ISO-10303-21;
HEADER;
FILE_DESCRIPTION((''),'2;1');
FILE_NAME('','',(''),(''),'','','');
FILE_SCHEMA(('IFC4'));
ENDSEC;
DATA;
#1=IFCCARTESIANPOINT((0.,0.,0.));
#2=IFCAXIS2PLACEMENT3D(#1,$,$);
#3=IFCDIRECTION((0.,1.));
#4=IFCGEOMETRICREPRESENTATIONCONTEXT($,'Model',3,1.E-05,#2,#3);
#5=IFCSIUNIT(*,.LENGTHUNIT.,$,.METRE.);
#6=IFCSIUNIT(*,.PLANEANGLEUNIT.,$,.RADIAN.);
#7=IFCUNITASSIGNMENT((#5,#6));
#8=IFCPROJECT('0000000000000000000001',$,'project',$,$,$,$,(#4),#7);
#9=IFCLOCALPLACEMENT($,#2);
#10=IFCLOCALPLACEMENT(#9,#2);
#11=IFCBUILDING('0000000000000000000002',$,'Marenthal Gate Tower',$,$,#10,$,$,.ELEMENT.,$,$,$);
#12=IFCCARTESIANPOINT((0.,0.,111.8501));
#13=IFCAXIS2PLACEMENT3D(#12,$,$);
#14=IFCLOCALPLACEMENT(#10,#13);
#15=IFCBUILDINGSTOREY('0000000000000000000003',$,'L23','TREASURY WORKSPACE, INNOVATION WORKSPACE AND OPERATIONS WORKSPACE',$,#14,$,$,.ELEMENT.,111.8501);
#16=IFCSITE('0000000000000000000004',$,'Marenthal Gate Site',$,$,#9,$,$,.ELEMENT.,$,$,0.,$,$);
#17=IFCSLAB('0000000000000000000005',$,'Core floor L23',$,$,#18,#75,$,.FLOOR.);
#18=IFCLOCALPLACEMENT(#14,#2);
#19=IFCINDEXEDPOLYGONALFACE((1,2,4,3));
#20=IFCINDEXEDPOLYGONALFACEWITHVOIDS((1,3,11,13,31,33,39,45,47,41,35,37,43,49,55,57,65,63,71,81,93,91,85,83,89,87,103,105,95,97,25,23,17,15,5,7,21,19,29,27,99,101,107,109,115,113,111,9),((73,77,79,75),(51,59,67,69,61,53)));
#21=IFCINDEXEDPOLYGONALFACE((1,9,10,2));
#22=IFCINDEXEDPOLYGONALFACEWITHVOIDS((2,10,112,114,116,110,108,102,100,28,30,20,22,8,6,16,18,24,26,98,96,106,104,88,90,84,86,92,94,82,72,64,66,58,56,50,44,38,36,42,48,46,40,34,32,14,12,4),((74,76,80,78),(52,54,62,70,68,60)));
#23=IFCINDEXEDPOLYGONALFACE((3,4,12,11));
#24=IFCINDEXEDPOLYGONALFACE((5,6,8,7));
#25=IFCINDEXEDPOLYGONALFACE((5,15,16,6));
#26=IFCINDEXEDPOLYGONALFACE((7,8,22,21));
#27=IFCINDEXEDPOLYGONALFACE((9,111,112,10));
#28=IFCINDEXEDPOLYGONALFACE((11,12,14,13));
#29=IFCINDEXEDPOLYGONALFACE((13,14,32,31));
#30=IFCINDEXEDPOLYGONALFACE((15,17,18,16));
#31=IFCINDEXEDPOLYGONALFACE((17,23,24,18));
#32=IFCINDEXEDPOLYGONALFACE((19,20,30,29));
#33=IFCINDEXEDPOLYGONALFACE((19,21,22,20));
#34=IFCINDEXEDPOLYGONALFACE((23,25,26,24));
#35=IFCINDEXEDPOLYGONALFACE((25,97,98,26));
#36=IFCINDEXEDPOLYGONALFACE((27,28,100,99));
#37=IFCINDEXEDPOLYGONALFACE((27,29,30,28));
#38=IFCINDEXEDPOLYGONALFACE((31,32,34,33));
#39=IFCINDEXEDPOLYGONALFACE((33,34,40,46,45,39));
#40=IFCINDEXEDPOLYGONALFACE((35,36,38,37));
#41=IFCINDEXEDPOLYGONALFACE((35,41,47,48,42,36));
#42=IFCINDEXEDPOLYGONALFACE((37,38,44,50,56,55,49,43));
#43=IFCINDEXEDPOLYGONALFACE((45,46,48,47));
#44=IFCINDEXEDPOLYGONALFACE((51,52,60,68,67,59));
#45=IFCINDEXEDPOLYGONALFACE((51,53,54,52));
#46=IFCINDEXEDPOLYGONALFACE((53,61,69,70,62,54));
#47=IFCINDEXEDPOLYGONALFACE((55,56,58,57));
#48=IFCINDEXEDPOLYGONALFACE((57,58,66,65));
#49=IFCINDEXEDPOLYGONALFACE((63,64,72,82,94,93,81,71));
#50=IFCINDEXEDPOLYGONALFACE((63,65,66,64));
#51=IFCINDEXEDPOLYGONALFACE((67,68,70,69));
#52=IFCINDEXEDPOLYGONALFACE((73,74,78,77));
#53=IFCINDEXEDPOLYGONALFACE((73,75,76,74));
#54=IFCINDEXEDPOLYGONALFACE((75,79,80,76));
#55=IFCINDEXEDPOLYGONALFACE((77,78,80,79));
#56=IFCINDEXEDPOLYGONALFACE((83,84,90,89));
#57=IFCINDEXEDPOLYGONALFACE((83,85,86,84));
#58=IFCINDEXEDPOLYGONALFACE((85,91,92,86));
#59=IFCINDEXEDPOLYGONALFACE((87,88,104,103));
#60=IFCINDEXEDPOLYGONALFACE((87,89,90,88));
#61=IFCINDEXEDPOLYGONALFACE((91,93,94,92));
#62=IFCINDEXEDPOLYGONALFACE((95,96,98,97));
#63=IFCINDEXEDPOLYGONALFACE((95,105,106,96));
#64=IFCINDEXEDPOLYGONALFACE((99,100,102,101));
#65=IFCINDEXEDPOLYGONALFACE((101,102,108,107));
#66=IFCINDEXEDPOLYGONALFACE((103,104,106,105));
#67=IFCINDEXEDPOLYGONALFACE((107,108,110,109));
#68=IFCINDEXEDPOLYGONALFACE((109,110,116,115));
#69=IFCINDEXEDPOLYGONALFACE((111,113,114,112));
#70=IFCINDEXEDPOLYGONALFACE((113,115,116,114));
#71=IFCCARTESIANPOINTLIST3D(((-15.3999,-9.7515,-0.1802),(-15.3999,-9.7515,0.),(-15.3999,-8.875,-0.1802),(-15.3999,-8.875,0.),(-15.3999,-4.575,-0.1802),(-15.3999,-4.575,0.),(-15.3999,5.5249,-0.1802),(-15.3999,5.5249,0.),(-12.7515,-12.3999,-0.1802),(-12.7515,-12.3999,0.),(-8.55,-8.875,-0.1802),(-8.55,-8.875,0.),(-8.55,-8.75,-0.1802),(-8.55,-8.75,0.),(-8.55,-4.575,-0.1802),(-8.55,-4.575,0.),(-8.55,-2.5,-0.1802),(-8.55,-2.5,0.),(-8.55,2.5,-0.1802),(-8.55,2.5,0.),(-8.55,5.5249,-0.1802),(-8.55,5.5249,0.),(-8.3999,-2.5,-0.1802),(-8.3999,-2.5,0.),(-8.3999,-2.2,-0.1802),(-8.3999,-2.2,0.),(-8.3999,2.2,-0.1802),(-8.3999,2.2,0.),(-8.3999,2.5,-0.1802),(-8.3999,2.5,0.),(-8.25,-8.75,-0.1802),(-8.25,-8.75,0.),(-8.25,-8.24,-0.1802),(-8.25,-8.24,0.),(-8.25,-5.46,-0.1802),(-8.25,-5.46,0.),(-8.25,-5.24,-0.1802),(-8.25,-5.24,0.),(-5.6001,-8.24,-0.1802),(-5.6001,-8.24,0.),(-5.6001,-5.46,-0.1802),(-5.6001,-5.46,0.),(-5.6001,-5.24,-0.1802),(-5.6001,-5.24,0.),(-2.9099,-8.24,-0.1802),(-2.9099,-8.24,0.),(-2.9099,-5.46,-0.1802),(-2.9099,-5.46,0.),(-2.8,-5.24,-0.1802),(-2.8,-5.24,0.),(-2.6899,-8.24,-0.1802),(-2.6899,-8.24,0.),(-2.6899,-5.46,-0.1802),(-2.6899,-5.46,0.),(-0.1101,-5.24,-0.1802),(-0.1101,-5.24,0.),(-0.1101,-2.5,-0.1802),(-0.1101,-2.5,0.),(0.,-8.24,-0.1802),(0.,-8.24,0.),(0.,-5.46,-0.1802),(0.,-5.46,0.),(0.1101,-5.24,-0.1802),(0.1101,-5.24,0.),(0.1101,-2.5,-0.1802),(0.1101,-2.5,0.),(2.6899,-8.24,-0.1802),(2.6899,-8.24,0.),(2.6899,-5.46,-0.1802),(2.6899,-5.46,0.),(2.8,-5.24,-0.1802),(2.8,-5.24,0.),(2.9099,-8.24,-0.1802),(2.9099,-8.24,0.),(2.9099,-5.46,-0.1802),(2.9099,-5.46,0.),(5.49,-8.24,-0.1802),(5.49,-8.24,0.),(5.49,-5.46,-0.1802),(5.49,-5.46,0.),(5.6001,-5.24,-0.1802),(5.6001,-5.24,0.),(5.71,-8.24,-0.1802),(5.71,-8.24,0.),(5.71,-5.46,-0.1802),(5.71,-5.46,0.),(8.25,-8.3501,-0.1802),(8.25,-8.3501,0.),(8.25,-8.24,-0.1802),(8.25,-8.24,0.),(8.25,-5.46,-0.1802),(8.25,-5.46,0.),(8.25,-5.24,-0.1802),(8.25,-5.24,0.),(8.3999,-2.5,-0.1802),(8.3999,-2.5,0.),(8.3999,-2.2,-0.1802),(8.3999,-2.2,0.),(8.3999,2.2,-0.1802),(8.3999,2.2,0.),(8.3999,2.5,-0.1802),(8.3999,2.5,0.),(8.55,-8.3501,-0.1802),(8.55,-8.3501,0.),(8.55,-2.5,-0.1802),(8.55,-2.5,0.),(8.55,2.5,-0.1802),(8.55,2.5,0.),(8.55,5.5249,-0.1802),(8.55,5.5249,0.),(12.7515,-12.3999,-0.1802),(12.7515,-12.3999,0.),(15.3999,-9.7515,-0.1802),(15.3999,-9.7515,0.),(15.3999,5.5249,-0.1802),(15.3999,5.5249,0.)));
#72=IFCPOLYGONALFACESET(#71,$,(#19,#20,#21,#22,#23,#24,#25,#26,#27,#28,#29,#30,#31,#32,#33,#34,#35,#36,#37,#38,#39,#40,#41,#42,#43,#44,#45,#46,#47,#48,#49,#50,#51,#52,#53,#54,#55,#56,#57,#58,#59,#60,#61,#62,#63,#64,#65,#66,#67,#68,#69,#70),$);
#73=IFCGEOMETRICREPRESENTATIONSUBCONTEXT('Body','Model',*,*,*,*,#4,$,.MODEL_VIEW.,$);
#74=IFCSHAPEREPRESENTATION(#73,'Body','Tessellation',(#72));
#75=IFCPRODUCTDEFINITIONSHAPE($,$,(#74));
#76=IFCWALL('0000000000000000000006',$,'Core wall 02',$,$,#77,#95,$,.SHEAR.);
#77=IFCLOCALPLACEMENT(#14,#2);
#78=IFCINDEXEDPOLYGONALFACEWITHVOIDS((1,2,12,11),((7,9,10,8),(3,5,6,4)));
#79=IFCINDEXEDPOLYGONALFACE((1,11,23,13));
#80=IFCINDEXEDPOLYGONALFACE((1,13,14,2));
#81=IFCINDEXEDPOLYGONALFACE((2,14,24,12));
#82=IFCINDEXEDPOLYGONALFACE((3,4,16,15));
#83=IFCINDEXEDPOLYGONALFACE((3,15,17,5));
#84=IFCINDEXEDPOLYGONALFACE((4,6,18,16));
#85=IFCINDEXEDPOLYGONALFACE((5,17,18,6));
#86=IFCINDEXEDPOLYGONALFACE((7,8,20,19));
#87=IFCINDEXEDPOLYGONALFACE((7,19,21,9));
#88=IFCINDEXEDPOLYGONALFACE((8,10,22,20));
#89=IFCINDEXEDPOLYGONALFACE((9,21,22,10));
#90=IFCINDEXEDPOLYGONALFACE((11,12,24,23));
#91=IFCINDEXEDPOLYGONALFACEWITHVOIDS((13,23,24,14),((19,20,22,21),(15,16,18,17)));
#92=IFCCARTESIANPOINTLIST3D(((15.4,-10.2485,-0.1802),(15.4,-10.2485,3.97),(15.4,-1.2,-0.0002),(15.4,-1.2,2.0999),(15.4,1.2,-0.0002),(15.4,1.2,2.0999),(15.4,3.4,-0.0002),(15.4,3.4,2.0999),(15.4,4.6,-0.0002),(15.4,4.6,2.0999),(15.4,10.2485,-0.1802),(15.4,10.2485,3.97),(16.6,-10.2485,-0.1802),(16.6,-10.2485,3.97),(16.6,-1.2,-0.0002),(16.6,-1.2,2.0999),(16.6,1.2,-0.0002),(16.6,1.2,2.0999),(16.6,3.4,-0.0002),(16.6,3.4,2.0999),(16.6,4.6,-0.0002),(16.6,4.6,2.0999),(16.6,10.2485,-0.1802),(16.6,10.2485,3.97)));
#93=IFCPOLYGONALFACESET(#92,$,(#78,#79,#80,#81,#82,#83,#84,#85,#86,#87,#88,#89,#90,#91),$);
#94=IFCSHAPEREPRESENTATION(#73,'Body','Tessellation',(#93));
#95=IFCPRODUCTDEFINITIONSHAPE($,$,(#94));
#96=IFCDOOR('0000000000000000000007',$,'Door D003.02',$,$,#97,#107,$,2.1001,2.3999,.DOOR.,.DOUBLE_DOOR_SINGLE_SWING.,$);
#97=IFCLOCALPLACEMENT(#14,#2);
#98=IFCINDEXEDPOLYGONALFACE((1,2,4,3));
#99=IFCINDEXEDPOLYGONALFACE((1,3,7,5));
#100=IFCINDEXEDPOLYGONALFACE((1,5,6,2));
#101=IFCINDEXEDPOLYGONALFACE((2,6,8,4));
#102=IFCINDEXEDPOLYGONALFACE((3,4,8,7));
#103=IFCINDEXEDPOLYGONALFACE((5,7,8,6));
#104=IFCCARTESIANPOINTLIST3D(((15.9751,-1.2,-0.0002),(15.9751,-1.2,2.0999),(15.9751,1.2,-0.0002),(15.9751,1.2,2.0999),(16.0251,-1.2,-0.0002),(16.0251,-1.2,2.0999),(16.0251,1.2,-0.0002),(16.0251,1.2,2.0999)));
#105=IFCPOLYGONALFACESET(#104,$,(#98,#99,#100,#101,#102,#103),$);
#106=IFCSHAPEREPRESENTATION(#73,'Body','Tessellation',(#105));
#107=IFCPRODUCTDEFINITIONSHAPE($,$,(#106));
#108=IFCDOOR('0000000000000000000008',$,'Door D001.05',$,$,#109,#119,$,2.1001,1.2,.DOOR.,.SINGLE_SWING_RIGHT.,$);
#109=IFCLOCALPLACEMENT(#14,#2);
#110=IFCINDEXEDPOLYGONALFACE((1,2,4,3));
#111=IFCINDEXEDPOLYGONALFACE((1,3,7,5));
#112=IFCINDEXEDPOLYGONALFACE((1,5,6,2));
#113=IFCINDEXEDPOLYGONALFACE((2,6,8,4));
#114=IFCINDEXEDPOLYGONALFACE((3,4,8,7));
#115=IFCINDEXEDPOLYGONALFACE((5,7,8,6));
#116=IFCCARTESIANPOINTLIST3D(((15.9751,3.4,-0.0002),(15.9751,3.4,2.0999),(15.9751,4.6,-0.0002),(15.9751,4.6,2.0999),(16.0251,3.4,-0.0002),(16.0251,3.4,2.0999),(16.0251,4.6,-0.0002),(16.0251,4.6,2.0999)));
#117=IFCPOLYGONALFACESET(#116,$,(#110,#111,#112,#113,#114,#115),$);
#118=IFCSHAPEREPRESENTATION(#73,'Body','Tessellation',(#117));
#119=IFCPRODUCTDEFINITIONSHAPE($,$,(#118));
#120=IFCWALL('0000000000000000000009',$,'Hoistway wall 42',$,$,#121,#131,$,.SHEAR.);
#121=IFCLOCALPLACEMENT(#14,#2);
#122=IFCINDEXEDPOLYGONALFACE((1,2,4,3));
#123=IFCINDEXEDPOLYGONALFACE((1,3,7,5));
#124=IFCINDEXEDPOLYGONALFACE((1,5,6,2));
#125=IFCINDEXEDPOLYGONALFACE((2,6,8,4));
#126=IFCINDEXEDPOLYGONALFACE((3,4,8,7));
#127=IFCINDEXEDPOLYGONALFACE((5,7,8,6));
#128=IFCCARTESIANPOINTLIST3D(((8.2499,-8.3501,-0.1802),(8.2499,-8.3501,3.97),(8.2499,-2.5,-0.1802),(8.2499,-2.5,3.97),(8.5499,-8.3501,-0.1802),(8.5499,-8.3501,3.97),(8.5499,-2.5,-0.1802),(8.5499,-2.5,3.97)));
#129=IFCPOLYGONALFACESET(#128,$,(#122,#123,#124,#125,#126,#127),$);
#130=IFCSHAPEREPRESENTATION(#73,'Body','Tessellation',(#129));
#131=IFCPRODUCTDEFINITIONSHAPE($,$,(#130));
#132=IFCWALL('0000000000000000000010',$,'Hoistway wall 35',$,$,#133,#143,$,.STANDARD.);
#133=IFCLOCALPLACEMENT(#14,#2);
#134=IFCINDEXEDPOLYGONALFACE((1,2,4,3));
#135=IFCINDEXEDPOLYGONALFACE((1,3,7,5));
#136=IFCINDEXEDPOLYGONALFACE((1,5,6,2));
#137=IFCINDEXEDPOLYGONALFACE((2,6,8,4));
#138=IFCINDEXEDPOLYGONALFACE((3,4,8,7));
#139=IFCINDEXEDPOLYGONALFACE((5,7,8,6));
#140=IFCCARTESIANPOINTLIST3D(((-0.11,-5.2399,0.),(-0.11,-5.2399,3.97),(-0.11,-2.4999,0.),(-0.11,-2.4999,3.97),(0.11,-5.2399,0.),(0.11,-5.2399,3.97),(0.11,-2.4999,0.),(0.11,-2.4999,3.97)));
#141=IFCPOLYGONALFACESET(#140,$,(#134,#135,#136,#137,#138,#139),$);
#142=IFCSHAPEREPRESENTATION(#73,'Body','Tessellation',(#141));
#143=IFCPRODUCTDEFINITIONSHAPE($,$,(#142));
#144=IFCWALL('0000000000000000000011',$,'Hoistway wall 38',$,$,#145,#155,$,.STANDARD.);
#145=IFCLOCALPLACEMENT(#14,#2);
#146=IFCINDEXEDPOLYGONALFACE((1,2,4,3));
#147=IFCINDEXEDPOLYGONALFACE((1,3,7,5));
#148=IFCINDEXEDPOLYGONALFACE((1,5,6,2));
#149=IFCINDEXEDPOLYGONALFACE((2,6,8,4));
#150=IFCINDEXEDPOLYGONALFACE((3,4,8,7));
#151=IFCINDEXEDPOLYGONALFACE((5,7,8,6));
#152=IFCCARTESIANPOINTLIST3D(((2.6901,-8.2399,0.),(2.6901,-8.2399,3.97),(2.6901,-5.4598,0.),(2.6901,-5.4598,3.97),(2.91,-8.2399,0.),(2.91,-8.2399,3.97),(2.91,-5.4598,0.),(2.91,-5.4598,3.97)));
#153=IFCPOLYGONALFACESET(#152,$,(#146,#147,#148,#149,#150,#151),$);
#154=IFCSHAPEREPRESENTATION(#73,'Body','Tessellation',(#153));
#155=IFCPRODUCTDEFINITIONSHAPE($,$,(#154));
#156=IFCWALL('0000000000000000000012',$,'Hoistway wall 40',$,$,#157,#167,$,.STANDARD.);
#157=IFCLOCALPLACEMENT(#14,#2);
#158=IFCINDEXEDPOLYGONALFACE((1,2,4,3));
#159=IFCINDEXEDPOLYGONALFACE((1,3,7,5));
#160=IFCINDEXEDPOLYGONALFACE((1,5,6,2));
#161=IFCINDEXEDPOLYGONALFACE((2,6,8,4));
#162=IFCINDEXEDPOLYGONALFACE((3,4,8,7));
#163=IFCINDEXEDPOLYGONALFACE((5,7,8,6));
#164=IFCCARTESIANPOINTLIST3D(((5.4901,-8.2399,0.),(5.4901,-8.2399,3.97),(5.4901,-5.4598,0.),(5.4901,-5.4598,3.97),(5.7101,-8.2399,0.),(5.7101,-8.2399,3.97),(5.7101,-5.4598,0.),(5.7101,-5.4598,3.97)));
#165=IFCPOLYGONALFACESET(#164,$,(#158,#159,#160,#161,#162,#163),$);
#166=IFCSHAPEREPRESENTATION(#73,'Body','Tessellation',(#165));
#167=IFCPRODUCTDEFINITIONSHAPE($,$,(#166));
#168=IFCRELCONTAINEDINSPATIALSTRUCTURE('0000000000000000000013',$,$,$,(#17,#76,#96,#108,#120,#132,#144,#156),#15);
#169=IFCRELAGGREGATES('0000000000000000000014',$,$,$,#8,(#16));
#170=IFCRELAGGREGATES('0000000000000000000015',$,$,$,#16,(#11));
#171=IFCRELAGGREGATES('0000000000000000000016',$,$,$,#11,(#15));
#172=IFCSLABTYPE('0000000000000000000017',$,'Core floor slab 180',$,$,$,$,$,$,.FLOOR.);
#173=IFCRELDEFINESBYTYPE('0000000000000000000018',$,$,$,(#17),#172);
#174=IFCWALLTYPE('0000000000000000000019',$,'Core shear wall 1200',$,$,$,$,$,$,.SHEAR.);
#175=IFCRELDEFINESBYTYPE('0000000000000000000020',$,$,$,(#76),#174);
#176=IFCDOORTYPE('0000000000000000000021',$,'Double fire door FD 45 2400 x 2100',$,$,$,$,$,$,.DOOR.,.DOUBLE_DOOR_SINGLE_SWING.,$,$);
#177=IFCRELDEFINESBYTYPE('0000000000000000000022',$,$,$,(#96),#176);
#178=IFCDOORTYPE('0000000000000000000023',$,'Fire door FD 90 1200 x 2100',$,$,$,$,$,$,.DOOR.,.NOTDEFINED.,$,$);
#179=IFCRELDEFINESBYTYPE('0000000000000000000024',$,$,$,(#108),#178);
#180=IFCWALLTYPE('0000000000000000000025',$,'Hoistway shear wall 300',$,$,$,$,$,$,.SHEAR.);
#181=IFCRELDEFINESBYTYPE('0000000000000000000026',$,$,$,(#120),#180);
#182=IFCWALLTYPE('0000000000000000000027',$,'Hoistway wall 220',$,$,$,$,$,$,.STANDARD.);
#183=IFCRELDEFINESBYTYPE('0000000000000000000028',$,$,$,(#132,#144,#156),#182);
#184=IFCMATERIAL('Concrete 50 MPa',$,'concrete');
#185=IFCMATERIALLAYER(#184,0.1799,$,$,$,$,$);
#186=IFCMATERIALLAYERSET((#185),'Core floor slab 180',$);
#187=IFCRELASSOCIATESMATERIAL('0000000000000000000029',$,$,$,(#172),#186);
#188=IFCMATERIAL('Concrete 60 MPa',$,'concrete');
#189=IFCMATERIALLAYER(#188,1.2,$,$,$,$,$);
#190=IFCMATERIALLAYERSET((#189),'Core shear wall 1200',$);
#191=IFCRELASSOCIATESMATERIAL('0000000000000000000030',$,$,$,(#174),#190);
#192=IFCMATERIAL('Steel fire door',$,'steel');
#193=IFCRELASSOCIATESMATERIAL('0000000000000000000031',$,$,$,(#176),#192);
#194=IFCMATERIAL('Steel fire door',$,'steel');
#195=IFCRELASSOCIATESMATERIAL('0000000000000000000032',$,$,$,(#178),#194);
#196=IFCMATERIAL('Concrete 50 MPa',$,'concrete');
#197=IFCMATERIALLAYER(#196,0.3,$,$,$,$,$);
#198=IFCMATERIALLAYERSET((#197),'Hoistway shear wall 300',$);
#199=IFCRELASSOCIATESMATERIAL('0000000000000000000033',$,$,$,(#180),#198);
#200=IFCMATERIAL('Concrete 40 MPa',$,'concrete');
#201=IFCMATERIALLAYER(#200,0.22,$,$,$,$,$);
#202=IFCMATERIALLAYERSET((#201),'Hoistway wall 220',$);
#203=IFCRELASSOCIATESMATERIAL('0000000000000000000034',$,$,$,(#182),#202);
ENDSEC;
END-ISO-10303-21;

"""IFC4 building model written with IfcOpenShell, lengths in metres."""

from ifc_helpers import new_model, si_unit, direction, frame, frame_2d, origin, place, context, subcontext, project, spatial, polyline, rectangle, outline, extrude, material, layer, layer_set, type_object, element, fill, save


model = new_model("IFC4")

# Units and contexts
model_context = context("Model", 3, precision=1e-05, world=origin(), true_north=direction((0.0, 1.0)))
body_context = subcontext(model_context, "Body", "Model", "MODEL_VIEW")
ifc_project = project(units=[si_unit("LENGTHUNIT", "METRE"), si_unit("PLANEANGLEUNIT", "RADIAN")], contexts=[model_context])

# Site, building, storey
site_placement = place(None, origin())
site = spatial("IfcSite", under=ifc_project, at=site_placement, Name="Marenthal Gate Site", CompositionType="ELEMENT", RefElevation=0.0)
building_placement = place(site_placement, origin())
building = spatial("IfcBuilding", under=site, at=building_placement, Name="Marenthal Gate Tower", CompositionType="ELEMENT")
storey_placement = place(building_placement, frame((0.0, 0.0, 111.8501)))
storey = spatial("IfcBuildingStorey", under=building, at=storey_placement, Name="L23", Description="TREASURY WORKSPACE, INNOVATION WORKSPACE AND OPERATIONS WORKSPACE", CompositionType="ELEMENT", Elevation=111.8501)

# Slab
ifc_material_1 = material(Name="Concrete 50 MPa", Category="concrete")
ifc_layer_1 = layer(ifc_material_1, 0.1799)
ifc_layer_set_1 = layer_set([ifc_layer_1], Name="Core floor slab 180")
slab_type_1 = type_object("IfcSlabType", Name="Core floor slab 180", PredefinedType="FLOOR", material=ifc_layer_set_1)
slab_1_placement = place(storey_placement, frame((0.0, 0.0, -0.1802)))
element("IfcSlab", 1, at=slab_1_placement, inside=storey, type_object=slab_type_1, Name="Core floor L23", PredefinedType="FLOOR", context=body_context, shape_type="SweptSolid", body=[
    extrude(outline(polyline([(15.3999, -9.7515), (12.7515, -12.3999), (-12.7515, -12.3999), (-15.3999, -9.7515), (-15.3999, -8.875), (-8.55, -8.875), (-8.55, -8.75), (-8.25, -8.75), (-8.25, -8.24), (-5.6001, -8.24), (-2.9099, -8.24), (-2.9099, -5.46), (-5.6001, -5.46), (-8.25, -5.46), (-8.25, -5.24), (-5.6001, -5.24), (-2.8, -5.24), (-0.1101, -5.24), (-0.1101, -2.5), (0.1101, -2.5), (0.1101, -5.24), (2.8, -5.24), (5.6001, -5.24), (8.25, -5.24), (8.25, -5.46), (5.71, -5.46), (5.71, -8.24), (8.25, -8.24), (8.25, -8.3501), (8.55, -8.3501), (8.55, -2.5), (8.3999, -2.5), (8.3999, -2.2), (-8.3999, -2.2), (-8.3999, -2.5), (-8.55, -2.5), (-8.55, -4.575), (-15.3999, -4.575), (-15.3999, 5.5249), (-8.55, 5.5249), (-8.55, 2.5), (-8.3999, 2.5), (-8.3999, 2.2), (8.3999, 2.2), (8.3999, 2.5), (8.55, 2.5), (8.55, 5.5249), (15.3999, 5.5249), (15.3999, -9.7515)]), holes=[polyline([(2.6899, -5.46), (0.0, -5.46), (-2.6899, -5.46), (-2.6899, -8.24), (0.0, -8.24), (2.6899, -8.24), (2.6899, -5.46)]), polyline([(5.49, -5.46), (2.9099, -5.46), (2.9099, -8.24), (5.49, -8.24), (5.49, -5.46)])]), origin(), (0.0, 0.0, 1.0), 0.1802),
])

# Wall, openings, doors
ifc_material_2 = material(Name="Concrete 60 MPa", Category="concrete")
ifc_layer_2 = layer(ifc_material_2, 1.2)
ifc_layer_set_2 = layer_set([ifc_layer_2], Name="Core shear wall 1200")
wall_type_1 = type_object("IfcWallType", Name="Core shear wall 1200", PredefinedType="SHEAR", material=ifc_layer_set_2)
wall_1_placement = place(storey_placement, frame((16.0, -10.2485, -0.1802), z_axis=(0.0, 0.0, 1.0), x_axis=(0.0, 1.0, 0.0)))
wall_1 = element("IfcWall", 2, at=wall_1_placement, inside=storey, type_object=wall_type_1, Name="Core wall 02", PredefinedType="SHEAR", context=body_context, shape_type="SweptSolid", body=[
    extrude(rectangle(XDim=20.4971, YDim=1.2, at=frame_2d((10.2485, 0.0))), origin(), (0.0, 0.0, 1.0), 4.1501),
])
opening_1_placement = place(wall_1_placement, frame((9.0486, 0.0, 0.1799)))
opening_1 = element("IfcOpeningElement", 3, at=opening_1_placement, cuts=wall_1, PredefinedType="OPENING", context=body_context, shape_type="SweptSolid", body=[
    extrude(rectangle(XDim=2.3999, YDim=2.1001, at=frame_2d((1.2, 1.05))), frame((0.0, 0.6099, 0.0), z_axis=(0.0, -1.0, 0.0), x_axis=(1.0, 0.0, 0.0)), (0.0, 0.0, 1.0), 1.22),
])
opening_2_placement = place(wall_1_placement, frame((13.6484, 0.0, 0.1799)))
opening_2 = element("IfcOpeningElement", 4, at=opening_2_placement, cuts=wall_1, PredefinedType="OPENING", context=body_context, shape_type="SweptSolid", body=[
    extrude(rectangle(XDim=1.2, YDim=2.1001, at=frame_2d((0.6001, 1.05))), frame((0.0, 0.6099, 0.0), z_axis=(0.0, -1.0, 0.0), x_axis=(1.0, 0.0, 0.0)), (0.0, 0.0, 1.0), 1.22),
])
ifc_material_3 = material(Name="Steel fire door", Category="steel")
door_type_1 = type_object("IfcDoorType", Name="Double fire door FD 45 2400 x 2100", OperationType="DOUBLE_DOOR_SINGLE_SWING", PredefinedType="DOOR", material=ifc_material_3)
door_1_placement = place(opening_1_placement, origin())
door_1 = element("IfcDoor", 5, at=door_1_placement, inside=storey, type_object=door_type_1, Name="Door D003.02", OperationType="DOUBLE_DOOR_SINGLE_SWING", OverallHeight=2.1001, OverallWidth=2.3999, PredefinedType="DOOR", context=body_context, shape_type="SweptSolid", body=[
    extrude(rectangle(XDim=2.3999, YDim=2.1001, at=frame_2d((1.2, 1.05))), frame((0.0, 0.0249, 0.0), z_axis=(0.0, -1.0, 0.0), x_axis=(1.0, 0.0, 0.0)), (0.0, 0.0, 1.0), 0.05),
])
fill(opening_1, door_1)
ifc_material_4 = material(Name="Steel fire door", Category="steel")
door_type_2 = type_object("IfcDoorType", Name="Fire door FD 90 1200 x 2100", OperationType="NOTDEFINED", PredefinedType="DOOR", material=ifc_material_4)
door_2_placement = place(opening_2_placement, origin())
door_2 = element("IfcDoor", 6, at=door_2_placement, inside=storey, type_object=door_type_2, Name="Door D001.05", OperationType="SINGLE_SWING_RIGHT", OverallHeight=2.1001, OverallWidth=1.2, PredefinedType="DOOR", context=body_context, shape_type="SweptSolid", body=[
    extrude(rectangle(XDim=1.2, YDim=2.1001, at=frame_2d((0.6001, 1.05))), frame((0.0, 0.0249, 0.0), z_axis=(0.0, -1.0, 0.0), x_axis=(1.0, 0.0, 0.0)), (0.0, 0.0, 1.0), 0.05),
])
fill(opening_2, door_2)

# Walls
ifc_material_5 = material(Name="Concrete 50 MPa", Category="concrete")
ifc_layer_3 = layer(ifc_material_5, 0.3)
ifc_layer_set_3 = layer_set([ifc_layer_3], Name="Hoistway shear wall 300")
wall_type_2 = type_object("IfcWallType", Name="Hoistway shear wall 300", PredefinedType="SHEAR", material=ifc_layer_set_3)
wall_2_placement = place(storey_placement, frame((8.3999, -8.3501, -0.1802), z_axis=(0.0, 0.0, 1.0), x_axis=(0.0, 1.0, 0.0)))
element("IfcWall", 7, at=wall_2_placement, inside=storey, type_object=wall_type_2, Name="Hoistway wall 42", PredefinedType="SHEAR", context=body_context, shape_type="SweptSolid", body=[
    extrude(rectangle(XDim=5.8501, YDim=0.3, at=frame_2d((2.925, 0.0))), origin(), (0.0, 0.0, 1.0), 4.1501),
])
ifc_material_6 = material(Name="Concrete 40 MPa", Category="concrete")
ifc_layer_4 = layer(ifc_material_6, 0.22)
ifc_layer_set_4 = layer_set([ifc_layer_4], Name="Hoistway wall 220")
wall_type_3 = type_object("IfcWallType", Name="Hoistway wall 220", PredefinedType="STANDARD", material=ifc_layer_set_4)
wall_3_placement = place(storey_placement, frame((0.0, -5.24, 0.0), z_axis=(0.0, 0.0, 1.0), x_axis=(0.0, 1.0, 0.0)))
element("IfcWall", 8, at=wall_3_placement, inside=storey, type_object=wall_type_3, Name="Hoistway wall 35", PredefinedType="STANDARD", context=body_context, shape_type="SweptSolid", body=[
    extrude(rectangle(XDim=2.74, YDim=0.22, at=frame_2d((1.3701, 0.0))), origin(), (0.0, 0.0, 1.0), 3.97),
])
for number, where, z_axis, x_axis, name in (
    (9, (2.8, -8.24, 0.0), (0.0, 0.0, 1.0), (0.0, 1.0, 0.0), "Hoistway wall 38"),
    (10, (5.6001, -8.24, 0.0), (0.0, 0.0, 1.0), (0.0, 1.0, 0.0), "Hoistway wall 40"),
):
    element("IfcWall", number, at=place(storey_placement, frame(where, z_axis=z_axis, x_axis=x_axis)), inside=storey, type_object=wall_type_3, Name=name, PredefinedType="STANDARD", context=body_context, shape_type="SweptSolid", body=[
        extrude(rectangle(XDim=2.78, YDim=0.22, at=frame_2d((1.3901, 0.0))), origin(), (0.0, 0.0, 1.0), 3.97),
    ])

save(model, "model.ifc")
